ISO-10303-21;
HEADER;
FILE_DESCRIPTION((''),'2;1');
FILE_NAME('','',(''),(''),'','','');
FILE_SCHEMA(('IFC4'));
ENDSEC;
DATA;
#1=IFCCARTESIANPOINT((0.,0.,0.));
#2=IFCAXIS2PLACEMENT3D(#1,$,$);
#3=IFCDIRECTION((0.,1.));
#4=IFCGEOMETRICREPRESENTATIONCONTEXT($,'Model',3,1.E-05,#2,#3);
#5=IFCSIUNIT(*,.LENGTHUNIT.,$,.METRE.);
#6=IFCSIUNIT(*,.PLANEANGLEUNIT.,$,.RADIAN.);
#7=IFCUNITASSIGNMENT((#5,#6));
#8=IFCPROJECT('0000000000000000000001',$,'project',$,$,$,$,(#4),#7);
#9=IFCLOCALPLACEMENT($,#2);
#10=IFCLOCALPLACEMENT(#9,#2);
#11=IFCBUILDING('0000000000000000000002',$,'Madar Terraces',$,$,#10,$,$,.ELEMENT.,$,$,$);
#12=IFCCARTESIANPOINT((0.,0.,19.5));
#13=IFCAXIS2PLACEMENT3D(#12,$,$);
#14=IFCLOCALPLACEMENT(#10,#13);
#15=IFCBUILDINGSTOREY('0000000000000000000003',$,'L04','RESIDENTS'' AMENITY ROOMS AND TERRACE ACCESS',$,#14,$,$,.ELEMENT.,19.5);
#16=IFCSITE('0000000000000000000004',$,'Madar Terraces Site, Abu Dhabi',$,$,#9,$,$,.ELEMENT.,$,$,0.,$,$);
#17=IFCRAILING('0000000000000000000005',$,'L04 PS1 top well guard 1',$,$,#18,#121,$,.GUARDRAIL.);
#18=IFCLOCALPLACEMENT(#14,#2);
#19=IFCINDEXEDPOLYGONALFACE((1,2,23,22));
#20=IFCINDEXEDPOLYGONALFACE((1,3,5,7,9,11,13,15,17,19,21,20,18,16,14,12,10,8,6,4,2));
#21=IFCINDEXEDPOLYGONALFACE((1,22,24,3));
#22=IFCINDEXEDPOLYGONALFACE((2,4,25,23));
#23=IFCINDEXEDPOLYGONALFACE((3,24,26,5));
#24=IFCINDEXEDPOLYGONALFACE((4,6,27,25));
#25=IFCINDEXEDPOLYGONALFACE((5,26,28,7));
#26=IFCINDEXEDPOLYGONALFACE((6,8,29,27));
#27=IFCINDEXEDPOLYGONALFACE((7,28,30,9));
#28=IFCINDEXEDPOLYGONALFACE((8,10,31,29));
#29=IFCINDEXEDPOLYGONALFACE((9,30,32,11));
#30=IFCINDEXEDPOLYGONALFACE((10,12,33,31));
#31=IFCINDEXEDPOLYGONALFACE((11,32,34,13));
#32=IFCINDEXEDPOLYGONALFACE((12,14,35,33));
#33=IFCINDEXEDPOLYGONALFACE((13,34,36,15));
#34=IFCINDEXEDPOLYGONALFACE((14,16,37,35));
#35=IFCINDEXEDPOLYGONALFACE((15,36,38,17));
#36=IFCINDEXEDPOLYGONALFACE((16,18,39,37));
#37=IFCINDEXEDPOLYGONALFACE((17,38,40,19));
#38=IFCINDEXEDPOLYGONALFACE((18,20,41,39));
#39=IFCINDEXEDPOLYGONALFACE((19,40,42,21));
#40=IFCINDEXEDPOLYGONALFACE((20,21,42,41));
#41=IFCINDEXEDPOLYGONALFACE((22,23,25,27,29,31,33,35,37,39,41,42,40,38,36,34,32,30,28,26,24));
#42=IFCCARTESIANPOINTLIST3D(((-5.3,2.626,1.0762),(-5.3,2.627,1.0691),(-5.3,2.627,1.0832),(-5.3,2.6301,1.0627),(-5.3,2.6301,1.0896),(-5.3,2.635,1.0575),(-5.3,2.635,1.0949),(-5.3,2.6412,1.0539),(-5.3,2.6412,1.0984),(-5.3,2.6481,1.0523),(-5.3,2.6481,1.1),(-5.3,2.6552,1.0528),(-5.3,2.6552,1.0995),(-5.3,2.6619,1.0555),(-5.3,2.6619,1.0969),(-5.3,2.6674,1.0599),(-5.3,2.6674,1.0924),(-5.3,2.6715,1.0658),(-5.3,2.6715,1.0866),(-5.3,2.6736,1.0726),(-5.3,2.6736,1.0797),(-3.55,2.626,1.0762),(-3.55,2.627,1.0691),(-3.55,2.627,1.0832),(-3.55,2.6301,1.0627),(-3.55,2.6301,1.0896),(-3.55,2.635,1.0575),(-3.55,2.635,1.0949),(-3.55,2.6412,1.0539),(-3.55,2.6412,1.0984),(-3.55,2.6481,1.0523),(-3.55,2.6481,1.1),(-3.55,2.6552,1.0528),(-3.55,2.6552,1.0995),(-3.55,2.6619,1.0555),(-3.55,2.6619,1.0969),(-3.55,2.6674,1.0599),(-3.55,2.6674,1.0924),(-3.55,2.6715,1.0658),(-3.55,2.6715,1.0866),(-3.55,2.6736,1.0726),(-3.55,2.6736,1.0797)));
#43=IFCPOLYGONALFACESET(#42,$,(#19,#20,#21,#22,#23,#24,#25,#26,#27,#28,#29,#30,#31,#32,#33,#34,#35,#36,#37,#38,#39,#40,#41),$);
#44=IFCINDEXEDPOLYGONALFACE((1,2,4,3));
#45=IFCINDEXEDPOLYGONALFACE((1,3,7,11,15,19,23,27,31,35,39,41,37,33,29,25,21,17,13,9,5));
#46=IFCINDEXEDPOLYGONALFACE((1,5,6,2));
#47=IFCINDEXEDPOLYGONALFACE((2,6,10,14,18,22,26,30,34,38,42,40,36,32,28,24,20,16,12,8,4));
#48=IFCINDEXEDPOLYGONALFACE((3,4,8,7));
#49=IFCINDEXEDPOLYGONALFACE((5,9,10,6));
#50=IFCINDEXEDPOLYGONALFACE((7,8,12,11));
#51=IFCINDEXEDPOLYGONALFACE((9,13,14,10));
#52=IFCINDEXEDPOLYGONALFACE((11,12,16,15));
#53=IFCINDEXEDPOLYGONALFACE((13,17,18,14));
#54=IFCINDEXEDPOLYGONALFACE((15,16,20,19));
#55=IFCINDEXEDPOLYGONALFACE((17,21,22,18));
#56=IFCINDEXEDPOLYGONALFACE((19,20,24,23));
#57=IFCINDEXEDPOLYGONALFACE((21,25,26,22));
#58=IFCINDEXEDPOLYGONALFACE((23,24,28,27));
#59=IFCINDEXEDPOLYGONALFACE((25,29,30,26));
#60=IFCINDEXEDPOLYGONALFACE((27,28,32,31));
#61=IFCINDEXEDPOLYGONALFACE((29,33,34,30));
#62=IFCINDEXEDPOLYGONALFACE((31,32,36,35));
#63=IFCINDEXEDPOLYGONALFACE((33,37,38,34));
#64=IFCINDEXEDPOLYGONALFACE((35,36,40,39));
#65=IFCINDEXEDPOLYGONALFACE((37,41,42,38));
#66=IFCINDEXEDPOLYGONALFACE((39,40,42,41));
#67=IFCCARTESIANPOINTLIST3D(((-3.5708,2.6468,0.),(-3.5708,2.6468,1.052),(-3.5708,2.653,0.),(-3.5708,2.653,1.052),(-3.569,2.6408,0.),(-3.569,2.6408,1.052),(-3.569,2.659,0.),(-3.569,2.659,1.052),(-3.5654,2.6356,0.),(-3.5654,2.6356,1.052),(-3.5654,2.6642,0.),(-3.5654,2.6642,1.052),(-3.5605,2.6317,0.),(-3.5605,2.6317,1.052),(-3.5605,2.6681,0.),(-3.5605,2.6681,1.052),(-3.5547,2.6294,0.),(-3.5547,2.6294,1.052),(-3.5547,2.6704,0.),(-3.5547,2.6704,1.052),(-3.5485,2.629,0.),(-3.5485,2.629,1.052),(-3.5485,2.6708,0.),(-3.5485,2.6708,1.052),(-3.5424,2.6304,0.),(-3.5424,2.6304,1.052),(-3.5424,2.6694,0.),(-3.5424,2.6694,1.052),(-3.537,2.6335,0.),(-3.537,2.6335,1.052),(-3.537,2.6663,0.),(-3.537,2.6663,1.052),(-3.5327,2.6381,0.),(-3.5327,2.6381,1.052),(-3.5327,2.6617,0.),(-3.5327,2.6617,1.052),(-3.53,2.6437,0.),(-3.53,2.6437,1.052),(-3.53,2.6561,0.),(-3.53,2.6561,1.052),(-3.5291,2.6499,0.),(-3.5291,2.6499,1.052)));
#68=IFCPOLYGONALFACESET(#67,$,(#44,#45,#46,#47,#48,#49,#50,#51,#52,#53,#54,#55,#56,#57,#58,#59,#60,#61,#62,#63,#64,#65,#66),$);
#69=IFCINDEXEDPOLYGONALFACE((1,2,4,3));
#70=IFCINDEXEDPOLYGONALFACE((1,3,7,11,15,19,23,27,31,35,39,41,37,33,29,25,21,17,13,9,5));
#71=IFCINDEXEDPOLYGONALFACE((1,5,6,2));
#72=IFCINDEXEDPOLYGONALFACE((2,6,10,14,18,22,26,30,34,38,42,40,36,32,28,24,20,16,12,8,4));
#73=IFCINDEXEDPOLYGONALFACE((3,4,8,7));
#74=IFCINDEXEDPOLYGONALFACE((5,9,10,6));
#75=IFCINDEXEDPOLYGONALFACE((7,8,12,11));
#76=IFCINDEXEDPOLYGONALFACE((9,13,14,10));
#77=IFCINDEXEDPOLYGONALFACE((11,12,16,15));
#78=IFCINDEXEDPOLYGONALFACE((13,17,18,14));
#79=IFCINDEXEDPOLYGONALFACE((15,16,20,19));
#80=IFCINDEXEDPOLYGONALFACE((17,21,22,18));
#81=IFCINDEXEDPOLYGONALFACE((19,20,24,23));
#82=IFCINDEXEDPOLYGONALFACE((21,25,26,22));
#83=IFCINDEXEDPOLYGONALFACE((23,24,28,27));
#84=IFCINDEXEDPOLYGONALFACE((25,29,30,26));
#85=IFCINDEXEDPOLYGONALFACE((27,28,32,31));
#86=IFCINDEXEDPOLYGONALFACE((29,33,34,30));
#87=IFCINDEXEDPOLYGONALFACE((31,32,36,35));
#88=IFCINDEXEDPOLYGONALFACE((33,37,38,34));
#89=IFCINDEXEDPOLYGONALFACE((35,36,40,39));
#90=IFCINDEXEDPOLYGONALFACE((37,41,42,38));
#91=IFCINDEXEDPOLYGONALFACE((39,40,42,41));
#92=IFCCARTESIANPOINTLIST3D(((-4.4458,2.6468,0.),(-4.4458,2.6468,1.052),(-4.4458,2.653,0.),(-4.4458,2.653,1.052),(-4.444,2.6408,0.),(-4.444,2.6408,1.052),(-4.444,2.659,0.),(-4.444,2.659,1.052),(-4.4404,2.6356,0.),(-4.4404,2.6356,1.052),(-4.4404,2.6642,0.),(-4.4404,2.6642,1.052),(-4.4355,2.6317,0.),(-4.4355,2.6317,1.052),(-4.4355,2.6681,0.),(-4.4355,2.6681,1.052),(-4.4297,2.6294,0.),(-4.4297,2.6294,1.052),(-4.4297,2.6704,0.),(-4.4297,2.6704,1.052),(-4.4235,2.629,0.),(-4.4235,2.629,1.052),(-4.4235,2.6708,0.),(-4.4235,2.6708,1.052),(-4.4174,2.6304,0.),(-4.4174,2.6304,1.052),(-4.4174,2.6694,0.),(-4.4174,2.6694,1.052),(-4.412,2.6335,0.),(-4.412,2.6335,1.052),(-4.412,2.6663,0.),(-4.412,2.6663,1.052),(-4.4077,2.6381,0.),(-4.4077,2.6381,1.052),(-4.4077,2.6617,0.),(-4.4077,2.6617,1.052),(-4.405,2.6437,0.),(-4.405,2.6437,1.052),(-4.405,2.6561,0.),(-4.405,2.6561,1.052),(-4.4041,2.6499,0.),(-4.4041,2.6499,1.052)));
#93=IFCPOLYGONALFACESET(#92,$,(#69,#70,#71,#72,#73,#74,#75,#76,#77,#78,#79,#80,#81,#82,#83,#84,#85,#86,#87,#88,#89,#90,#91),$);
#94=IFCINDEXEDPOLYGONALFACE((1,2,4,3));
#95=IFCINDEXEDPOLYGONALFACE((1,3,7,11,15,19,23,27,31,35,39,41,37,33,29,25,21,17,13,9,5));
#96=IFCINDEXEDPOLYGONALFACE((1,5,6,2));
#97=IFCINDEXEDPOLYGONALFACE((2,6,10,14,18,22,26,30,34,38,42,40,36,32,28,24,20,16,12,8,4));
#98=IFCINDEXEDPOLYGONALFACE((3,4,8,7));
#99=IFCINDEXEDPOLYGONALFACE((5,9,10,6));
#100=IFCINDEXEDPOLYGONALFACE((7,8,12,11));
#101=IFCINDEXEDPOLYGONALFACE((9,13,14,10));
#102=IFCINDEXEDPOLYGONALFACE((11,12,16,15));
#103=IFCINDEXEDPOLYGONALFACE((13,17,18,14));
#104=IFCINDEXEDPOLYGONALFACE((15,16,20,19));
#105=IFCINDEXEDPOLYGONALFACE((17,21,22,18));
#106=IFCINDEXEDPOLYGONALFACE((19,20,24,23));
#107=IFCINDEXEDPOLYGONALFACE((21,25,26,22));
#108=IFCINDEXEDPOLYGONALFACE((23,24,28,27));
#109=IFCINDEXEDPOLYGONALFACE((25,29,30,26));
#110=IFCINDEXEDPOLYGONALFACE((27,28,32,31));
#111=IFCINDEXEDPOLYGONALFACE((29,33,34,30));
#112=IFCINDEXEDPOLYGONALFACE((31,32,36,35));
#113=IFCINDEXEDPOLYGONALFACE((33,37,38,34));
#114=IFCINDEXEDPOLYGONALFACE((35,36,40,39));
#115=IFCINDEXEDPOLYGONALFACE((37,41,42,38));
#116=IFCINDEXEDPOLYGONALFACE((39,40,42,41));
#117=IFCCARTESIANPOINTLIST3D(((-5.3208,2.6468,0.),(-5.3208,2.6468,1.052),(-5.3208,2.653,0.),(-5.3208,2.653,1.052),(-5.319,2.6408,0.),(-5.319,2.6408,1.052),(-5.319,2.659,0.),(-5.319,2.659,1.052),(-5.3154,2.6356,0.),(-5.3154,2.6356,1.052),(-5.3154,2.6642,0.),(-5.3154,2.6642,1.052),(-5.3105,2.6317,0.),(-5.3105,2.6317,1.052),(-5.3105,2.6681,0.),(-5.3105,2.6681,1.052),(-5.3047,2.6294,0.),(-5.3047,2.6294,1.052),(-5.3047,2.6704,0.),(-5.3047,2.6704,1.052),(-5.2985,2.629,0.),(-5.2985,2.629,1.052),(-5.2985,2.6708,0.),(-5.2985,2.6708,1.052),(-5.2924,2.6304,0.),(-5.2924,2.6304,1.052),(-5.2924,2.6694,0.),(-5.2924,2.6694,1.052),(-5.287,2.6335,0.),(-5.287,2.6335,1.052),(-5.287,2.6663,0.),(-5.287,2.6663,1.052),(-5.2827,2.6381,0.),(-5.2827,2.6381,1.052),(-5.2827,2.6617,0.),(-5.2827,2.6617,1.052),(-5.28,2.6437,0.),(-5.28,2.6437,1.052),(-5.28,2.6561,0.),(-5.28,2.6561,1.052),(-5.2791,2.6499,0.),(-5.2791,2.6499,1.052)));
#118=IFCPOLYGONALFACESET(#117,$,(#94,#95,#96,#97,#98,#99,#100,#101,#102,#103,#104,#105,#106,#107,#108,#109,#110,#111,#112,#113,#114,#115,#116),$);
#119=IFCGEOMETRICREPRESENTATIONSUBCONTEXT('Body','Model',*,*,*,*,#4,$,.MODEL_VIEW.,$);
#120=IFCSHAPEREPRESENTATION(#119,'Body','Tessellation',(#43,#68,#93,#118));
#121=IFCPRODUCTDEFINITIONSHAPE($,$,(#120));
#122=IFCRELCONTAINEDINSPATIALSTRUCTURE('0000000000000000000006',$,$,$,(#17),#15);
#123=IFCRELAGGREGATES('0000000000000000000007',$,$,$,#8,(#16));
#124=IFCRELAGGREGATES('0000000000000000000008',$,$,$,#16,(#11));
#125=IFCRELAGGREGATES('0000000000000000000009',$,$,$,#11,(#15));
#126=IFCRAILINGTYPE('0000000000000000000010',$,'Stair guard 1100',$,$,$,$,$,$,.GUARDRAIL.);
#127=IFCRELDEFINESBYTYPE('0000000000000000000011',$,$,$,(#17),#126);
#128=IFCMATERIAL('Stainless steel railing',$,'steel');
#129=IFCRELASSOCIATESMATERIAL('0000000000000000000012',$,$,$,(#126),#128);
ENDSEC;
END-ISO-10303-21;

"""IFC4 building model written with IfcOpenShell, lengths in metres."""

from ifc_helpers import new_model, si_unit, direction, frame, origin, origin_2d, place, context, subcontext, project, spatial, circle, extrude, material, type_object, element, save


model = new_model("IFC4")

# Units and contexts
model_context = context("Model", 3, precision=1e-05, world=origin(), true_north=direction((0.0, 1.0)))
body_context = subcontext(model_context, "Body", "Model", "MODEL_VIEW")
ifc_project = project(units=[si_unit("LENGTHUNIT", "METRE"), si_unit("PLANEANGLEUNIT", "RADIAN")], contexts=[model_context])

# Site, building, storey
site_placement = place(None, origin())
site = spatial("IfcSite", under=ifc_project, at=site_placement, Name="Madar Terraces Site, Abu Dhabi", CompositionType="ELEMENT", RefElevation=0.0)
building_placement = place(site_placement, origin())
building = spatial("IfcBuilding", under=site, at=building_placement, Name="Madar Terraces", CompositionType="ELEMENT")
storey_placement = place(building_placement, frame((0.0, 0.0, 19.5)))
storey = spatial("IfcBuildingStorey", under=building, at=storey_placement, Name="L04", Description="RESIDENTS' AMENITY ROOMS AND TERRACE ACCESS", CompositionType="ELEMENT", Elevation=19.5)

# Railing
ifc_material_1 = material(Name="Stainless steel railing", Category="steel")
railing_type = type_object("IfcRailingType", Name="Stair guard 1100", PredefinedType="GUARDRAIL", material=ifc_material_1)
railing_placement = place(storey_placement, frame((-3.55, 2.6499, 0.0)))
element("IfcRailing", 1, at=railing_placement, inside=storey, type_object=railing_type, Name="L04 PS1 top well guard 1", PredefinedType="GUARDRAIL", context=body_context, shape_type="SweptSolid", body=[
    extrude(circle(Radius=0.0239, at=origin_2d()), frame((0.0, 0.0, 1.0762), z_axis=(-1.0, 0.0, 0.0), x_axis=(0.0, -1.0, 0.0)), (0.0, 0.0, 1.0), 1.75),
    extrude(circle(Radius=0.021, at=origin_2d()), origin(), (0.0, 0.0, 1.0), 1.052),
    extrude(circle(Radius=0.021, at=origin_2d()), frame((-0.875, 0.0, 0.0)), (0.0, 0.0, 1.0), 1.052),
    extrude(circle(Radius=0.021, at=origin_2d()), frame((-1.75, 0.0, 0.0)), (0.0, 0.0, 1.0), 1.052),
])

save(model, "model.ifc")
